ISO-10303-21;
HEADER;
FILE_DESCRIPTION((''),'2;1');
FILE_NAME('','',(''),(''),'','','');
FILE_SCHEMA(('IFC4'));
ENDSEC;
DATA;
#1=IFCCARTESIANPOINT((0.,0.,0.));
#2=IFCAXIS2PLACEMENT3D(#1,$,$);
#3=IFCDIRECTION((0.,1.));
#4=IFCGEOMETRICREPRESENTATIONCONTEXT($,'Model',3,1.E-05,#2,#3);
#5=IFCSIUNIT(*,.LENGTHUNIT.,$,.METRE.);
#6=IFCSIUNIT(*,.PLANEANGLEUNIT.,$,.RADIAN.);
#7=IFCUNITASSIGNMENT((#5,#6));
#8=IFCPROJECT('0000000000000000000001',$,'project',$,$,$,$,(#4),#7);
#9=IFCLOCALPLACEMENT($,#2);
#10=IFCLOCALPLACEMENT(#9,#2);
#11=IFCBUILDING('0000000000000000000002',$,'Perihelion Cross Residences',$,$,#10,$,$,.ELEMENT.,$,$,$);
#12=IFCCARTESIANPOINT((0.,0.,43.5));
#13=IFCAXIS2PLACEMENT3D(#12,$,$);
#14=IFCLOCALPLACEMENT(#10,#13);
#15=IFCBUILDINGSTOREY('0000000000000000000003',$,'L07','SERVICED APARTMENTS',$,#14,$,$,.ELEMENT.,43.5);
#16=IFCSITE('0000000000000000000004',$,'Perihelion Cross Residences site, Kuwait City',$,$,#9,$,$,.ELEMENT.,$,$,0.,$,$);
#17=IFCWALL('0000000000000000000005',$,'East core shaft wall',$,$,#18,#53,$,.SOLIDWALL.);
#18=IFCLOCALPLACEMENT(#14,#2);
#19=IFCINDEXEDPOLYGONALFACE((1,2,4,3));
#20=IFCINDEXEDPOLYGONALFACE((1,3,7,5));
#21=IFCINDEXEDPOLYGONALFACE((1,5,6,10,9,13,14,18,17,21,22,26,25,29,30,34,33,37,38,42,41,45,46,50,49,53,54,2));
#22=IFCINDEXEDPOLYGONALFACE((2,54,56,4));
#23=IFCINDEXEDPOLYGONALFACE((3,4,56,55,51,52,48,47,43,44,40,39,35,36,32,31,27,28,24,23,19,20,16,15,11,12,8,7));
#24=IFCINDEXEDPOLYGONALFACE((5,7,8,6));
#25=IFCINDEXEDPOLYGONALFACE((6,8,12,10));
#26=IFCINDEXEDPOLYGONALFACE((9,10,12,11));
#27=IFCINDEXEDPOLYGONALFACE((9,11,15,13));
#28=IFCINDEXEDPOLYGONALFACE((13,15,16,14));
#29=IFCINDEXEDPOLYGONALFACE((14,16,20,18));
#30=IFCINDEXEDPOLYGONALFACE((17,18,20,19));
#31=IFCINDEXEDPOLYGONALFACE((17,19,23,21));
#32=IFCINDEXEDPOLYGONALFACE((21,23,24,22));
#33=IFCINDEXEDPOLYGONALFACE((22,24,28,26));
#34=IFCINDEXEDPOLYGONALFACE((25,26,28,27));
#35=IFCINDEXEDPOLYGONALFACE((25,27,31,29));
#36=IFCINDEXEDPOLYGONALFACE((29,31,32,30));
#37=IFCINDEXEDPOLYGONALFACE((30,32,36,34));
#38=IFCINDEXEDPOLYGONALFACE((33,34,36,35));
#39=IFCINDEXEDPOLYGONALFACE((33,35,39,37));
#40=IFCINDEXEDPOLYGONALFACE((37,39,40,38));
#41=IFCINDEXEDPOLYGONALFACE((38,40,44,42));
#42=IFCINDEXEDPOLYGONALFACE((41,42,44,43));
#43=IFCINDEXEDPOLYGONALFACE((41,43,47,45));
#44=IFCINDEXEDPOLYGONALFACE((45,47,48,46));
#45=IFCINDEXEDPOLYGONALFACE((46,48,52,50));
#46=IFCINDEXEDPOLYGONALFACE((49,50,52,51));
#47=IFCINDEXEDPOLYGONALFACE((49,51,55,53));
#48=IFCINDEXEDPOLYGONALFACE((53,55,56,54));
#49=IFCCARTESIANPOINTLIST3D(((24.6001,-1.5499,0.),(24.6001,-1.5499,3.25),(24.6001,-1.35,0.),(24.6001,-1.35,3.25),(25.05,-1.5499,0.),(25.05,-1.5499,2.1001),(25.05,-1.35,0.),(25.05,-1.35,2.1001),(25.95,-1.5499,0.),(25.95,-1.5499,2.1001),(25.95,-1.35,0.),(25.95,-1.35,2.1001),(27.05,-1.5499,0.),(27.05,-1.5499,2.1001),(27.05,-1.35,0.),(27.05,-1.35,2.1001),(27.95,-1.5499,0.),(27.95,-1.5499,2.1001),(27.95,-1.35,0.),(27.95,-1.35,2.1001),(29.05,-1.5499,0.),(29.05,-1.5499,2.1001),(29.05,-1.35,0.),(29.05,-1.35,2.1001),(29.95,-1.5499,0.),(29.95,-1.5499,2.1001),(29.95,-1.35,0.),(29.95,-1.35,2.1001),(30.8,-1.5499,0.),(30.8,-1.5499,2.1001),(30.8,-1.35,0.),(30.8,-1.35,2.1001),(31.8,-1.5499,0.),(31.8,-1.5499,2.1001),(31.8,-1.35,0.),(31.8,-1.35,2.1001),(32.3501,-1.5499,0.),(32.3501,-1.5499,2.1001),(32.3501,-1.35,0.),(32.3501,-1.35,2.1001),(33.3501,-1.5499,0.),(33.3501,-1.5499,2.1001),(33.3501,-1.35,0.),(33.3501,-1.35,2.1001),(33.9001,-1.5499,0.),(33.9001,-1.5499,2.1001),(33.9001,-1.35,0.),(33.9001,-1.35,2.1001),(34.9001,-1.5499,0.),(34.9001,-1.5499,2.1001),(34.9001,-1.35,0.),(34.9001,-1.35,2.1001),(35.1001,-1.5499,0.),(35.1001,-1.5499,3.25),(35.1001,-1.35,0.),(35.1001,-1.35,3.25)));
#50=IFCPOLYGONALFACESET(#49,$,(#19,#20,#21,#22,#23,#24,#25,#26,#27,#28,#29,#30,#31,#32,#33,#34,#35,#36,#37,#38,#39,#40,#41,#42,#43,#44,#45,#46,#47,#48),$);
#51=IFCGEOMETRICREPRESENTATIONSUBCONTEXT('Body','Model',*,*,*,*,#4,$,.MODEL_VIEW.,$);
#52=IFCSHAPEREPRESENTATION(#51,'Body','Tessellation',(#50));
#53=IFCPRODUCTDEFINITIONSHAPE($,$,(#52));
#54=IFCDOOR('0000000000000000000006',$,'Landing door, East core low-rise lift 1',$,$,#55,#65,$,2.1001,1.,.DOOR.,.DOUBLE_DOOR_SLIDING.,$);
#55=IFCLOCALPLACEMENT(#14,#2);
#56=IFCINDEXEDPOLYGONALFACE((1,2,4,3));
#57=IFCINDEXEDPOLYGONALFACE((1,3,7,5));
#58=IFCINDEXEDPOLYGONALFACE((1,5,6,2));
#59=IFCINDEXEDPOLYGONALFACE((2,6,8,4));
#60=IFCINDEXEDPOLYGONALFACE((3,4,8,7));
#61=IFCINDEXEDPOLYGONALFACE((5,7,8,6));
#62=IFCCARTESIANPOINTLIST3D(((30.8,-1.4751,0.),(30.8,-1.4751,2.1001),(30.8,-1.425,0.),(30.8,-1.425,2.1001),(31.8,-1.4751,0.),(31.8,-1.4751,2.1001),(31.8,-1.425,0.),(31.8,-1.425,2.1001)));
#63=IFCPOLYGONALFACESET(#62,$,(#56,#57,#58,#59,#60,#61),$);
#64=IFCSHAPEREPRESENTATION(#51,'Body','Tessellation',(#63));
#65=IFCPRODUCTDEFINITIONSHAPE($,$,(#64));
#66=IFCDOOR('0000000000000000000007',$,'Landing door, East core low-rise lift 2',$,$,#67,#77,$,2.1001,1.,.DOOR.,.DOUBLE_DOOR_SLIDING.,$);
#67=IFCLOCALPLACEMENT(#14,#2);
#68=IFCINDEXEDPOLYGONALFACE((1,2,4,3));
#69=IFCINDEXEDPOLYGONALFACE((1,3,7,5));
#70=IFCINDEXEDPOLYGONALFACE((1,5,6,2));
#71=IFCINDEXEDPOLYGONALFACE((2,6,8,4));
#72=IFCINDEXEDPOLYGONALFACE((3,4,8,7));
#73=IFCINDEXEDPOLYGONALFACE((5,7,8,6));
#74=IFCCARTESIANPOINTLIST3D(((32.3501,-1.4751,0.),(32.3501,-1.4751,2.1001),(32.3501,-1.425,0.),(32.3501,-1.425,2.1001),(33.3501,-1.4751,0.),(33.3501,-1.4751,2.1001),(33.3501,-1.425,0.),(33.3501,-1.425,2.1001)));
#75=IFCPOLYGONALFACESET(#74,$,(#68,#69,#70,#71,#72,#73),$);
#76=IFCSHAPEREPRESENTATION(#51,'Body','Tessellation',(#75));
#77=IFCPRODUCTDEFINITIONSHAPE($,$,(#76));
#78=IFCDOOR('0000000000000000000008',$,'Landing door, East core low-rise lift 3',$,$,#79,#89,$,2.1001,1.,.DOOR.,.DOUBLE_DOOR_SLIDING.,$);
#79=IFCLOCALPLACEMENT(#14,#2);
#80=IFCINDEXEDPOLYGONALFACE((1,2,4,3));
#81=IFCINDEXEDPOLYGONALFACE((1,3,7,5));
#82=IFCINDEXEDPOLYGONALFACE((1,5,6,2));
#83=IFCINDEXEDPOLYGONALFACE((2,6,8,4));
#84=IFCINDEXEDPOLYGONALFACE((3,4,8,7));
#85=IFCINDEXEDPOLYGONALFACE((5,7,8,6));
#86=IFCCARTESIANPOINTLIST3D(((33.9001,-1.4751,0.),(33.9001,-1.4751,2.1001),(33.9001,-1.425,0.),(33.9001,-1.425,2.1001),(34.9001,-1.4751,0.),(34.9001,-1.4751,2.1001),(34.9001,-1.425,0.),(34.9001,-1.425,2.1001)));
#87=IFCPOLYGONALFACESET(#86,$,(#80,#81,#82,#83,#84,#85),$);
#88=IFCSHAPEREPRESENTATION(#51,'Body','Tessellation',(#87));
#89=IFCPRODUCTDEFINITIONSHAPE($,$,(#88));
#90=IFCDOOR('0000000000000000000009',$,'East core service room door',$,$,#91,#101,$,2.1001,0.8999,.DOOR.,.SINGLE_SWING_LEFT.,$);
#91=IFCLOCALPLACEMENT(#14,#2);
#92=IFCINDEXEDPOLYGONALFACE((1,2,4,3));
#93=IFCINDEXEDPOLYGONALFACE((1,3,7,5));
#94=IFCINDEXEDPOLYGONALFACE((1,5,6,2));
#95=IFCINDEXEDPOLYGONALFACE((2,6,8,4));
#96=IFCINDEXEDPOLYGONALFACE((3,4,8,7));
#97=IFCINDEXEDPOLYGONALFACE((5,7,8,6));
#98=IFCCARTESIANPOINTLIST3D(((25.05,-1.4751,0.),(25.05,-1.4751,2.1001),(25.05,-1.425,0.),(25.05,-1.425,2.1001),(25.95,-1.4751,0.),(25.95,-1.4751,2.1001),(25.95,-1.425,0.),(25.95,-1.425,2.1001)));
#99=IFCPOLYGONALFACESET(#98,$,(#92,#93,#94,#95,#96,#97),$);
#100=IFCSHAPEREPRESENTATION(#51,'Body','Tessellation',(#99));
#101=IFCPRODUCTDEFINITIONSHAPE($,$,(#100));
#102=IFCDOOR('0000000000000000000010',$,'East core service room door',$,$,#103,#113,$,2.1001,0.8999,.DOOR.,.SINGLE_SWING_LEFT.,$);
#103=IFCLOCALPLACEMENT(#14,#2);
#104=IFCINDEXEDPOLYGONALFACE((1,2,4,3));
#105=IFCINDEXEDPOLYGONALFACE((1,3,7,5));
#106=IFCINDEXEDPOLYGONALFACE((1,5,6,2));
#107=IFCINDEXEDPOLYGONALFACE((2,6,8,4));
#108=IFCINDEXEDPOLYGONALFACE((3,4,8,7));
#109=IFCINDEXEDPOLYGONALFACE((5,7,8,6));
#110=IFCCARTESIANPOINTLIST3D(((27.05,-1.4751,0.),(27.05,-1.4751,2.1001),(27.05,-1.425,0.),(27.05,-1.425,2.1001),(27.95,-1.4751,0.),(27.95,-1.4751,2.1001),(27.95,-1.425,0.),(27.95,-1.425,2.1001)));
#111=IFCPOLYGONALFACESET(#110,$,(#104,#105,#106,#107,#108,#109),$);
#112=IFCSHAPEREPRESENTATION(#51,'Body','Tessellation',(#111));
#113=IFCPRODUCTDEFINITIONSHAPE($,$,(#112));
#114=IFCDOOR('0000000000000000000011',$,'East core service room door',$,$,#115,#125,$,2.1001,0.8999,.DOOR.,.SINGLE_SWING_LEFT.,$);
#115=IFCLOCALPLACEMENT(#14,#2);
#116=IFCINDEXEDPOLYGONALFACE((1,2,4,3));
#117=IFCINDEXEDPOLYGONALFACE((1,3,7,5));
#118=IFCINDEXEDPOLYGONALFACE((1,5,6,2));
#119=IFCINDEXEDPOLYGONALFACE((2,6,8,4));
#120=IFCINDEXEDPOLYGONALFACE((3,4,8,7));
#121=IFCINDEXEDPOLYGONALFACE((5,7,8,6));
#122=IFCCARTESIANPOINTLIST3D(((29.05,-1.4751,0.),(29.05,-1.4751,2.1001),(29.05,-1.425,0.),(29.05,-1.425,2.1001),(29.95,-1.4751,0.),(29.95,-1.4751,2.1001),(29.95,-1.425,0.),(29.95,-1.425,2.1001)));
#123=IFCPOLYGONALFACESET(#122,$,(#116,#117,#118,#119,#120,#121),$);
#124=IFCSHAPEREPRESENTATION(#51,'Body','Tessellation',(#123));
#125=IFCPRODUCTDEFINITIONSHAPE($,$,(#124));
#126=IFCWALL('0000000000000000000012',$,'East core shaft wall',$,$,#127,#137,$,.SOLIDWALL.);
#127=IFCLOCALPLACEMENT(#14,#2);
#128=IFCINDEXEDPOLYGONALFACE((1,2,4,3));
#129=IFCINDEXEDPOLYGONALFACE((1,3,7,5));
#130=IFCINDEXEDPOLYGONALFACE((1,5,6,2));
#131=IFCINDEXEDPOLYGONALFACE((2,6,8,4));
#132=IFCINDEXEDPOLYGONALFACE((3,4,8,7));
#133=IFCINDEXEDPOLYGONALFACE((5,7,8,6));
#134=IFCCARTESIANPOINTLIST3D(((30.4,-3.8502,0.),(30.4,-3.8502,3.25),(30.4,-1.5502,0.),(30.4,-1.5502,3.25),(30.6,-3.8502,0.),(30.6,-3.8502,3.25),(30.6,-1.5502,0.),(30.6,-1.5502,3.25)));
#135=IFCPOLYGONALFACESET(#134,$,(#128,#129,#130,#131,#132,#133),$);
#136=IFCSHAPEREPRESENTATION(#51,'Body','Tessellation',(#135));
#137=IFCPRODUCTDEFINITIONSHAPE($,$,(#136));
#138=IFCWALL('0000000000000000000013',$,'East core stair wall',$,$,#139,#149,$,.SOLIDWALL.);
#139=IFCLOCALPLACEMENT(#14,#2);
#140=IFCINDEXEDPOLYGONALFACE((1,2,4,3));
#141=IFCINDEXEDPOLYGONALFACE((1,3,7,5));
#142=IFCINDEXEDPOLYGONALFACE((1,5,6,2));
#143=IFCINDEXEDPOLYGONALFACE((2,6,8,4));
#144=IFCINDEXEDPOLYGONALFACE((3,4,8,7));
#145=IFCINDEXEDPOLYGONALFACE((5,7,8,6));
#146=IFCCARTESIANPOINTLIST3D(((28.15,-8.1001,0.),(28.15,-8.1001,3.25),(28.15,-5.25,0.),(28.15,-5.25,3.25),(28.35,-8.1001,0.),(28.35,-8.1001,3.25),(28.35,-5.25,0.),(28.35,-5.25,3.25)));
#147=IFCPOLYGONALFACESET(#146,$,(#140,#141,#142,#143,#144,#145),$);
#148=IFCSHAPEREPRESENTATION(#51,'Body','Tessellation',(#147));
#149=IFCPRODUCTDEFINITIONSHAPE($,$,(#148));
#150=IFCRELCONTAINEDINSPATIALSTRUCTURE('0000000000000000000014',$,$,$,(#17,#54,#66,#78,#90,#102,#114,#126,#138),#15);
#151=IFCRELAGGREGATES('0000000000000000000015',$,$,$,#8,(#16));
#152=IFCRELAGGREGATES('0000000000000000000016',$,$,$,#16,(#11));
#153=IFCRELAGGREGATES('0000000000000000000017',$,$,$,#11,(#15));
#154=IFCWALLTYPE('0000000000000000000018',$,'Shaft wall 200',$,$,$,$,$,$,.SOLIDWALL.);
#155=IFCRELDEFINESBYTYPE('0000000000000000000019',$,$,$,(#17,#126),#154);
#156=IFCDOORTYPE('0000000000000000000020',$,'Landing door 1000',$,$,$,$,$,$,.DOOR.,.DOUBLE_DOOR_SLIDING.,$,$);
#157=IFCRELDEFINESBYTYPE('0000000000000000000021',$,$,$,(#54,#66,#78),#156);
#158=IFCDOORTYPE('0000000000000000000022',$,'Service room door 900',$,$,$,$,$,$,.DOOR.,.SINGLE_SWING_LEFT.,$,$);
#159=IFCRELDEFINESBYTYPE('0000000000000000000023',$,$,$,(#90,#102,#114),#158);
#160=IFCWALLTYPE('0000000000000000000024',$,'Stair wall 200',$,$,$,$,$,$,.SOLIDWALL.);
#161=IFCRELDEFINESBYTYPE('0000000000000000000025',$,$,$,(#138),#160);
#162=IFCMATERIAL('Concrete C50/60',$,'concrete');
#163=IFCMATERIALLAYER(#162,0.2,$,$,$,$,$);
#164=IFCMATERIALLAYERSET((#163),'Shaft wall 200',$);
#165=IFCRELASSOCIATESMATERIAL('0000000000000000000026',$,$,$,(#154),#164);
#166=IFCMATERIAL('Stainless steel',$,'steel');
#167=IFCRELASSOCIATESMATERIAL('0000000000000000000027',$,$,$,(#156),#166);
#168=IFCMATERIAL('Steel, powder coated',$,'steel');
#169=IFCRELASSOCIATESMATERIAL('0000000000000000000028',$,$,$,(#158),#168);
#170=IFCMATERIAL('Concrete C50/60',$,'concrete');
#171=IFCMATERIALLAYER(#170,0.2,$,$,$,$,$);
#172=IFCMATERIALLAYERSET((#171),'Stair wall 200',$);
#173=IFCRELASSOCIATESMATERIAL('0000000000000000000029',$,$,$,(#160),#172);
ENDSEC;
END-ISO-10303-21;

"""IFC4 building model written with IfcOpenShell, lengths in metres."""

from ifc_helpers import new_model, si_unit, direction, frame, frame_2d, origin, place, context, subcontext, project, spatial, rectangle, extrude, material, layer, layer_set, type_object, element, fill, save


model = new_model("IFC4")

# Units and contexts
model_context = context("Model", 3, precision=1e-05, world=origin(), true_north=direction((0.0, 1.0)))
body_context = subcontext(model_context, "Body", "Model", "MODEL_VIEW")
ifc_project = project(units=[si_unit("LENGTHUNIT", "METRE"), si_unit("PLANEANGLEUNIT", "RADIAN")], contexts=[model_context])

# Site, building, storey
site_placement = place(None, origin())
site = spatial("IfcSite", under=ifc_project, at=site_placement, Name="Perihelion Cross Residences site, Kuwait City", CompositionType="ELEMENT", RefElevation=0.0)
building_placement = place(site_placement, origin())
building = spatial("IfcBuilding", under=site, at=building_placement, Name="Perihelion Cross Residences", CompositionType="ELEMENT")
storey_placement = place(building_placement, frame((0.0, 0.0, 43.5)))
storey = spatial("IfcBuildingStorey", under=building, at=storey_placement, Name="L07", Description="SERVICED APARTMENTS", CompositionType="ELEMENT", Elevation=43.5)

# Wall, openings, doors
ifc_material_1 = material(Name="Concrete C50/60", Category="concrete")
ifc_layer_1 = layer(ifc_material_1, 0.2)
ifc_layer_set_1 = layer_set([ifc_layer_1], Name="Shaft wall 200")
wall_type_1 = type_object("IfcWallType", Name="Shaft wall 200", PredefinedType="SOLIDWALL", material=ifc_layer_set_1)
wall_1_placement = place(storey_placement, frame((24.6001, -1.45, 0.0), z_axis=(0.0, 0.0, 1.0), x_axis=(1.0, 0.0, 0.0)))
wall_1 = element("IfcWall", 1, at=wall_1_placement, inside=storey, type_object=wall_type_1, Name="East core shaft wall", PredefinedType="SOLIDWALL", context=body_context, shape_type="SweptSolid", body=[
    extrude(rectangle(XDim=10.5, YDim=0.2, at=frame_2d((5.25, 0.0))), origin(), (0.0, 0.0, 1.0), 3.25),
])
opening_1_placement = place(wall_1_placement, frame((6.2, 0.0, 0.0)))
opening_1 = element("IfcOpeningElement", 2, at=opening_1_placement, cuts=wall_1, PredefinedType="OPENING", context=body_context, shape_type="SweptSolid", body=[
    extrude(rectangle(XDim=1.0, YDim=2.1001, at=frame_2d((0.5, 1.05))), frame((0.0, 0.1099, 0.0), z_axis=(0.0, -1.0, 0.0), x_axis=(1.0, 0.0, 0.0)), (0.0, 0.0, 1.0), 0.22),
])
opening_2_placement = place(wall_1_placement, frame((7.75, 0.0, 0.0)))
opening_2 = element("IfcOpeningElement", 3, at=opening_2_placement, cuts=wall_1, PredefinedType="OPENING", context=body_context, shape_type="SweptSolid", body=[
    extrude(rectangle(XDim=1.0, YDim=2.1001, at=frame_2d((0.5, 1.05))), frame((0.0, 0.1099, 0.0), z_axis=(0.0, -1.0, 0.0), x_axis=(1.0, 0.0, 0.0)), (0.0, 0.0, 1.0), 0.22),
])
opening_3_placement = place(wall_1_placement, frame((9.3, 0.0, 0.0)))
opening_3 = element("IfcOpeningElement", 4, at=opening_3_placement, cuts=wall_1, PredefinedType="OPENING", context=body_context, shape_type="SweptSolid", body=[
    extrude(rectangle(XDim=1.0, YDim=2.1001, at=frame_2d((0.5, 1.05))), frame((0.0, 0.1099, 0.0), z_axis=(0.0, -1.0, 0.0), x_axis=(1.0, 0.0, 0.0)), (0.0, 0.0, 1.0), 0.22),
])
opening_4_placement = place(wall_1_placement, frame((0.45, 0.0, 0.0)))
opening_4 = element("IfcOpeningElement", 5, at=opening_4_placement, cuts=wall_1, PredefinedType="OPENING", context=body_context, shape_type="SweptSolid", body=[
    extrude(rectangle(XDim=0.8999, YDim=2.1001, at=frame_2d((0.45, 1.05))), frame((0.0, 0.1099, 0.0), z_axis=(0.0, -1.0, 0.0), x_axis=(1.0, 0.0, 0.0)), (0.0, 0.0, 1.0), 0.22),
])
opening_5_placement = place(wall_1_placement, frame((2.45, 0.0, 0.0)))
opening_5 = element("IfcOpeningElement", 6, at=opening_5_placement, cuts=wall_1, PredefinedType="OPENING", context=body_context, shape_type="SweptSolid", body=[
    extrude(rectangle(XDim=0.8999, YDim=2.1001, at=frame_2d((0.45, 1.05))), frame((0.0, 0.1099, 0.0), z_axis=(0.0, -1.0, 0.0), x_axis=(1.0, 0.0, 0.0)), (0.0, 0.0, 1.0), 0.22),
])
opening_6_placement = place(wall_1_placement, frame((4.45, 0.0, 0.0)))
opening_6 = element("IfcOpeningElement", 7, at=opening_6_placement, cuts=wall_1, PredefinedType="OPENING", context=body_context, shape_type="SweptSolid", body=[
    extrude(rectangle(XDim=0.8999, YDim=2.1001, at=frame_2d((0.45, 1.05))), frame((0.0, 0.1099, 0.0), z_axis=(0.0, -1.0, 0.0), x_axis=(1.0, 0.0, 0.0)), (0.0, 0.0, 1.0), 0.22),
])
ifc_material_2 = material(Name="Stainless steel", Category="steel")
door_type_1 = type_object("IfcDoorType", Name="Landing door 1000", OperationType="DOUBLE_DOOR_SLIDING", PredefinedType="DOOR", material=ifc_material_2)
door_1_placement = place(opening_1_placement, origin())
door_1 = element("IfcDoor", 8, at=door_1_placement, inside=storey, type_object=door_type_1, Name="Landing door, East core low-rise lift 1", OperationType="DOUBLE_DOOR_SLIDING", OverallHeight=2.1001, OverallWidth=1.0, PredefinedType="DOOR", context=body_context, shape_type="SweptSolid", body=[
    extrude(rectangle(XDim=1.0, YDim=2.1001, at=frame_2d((0.5, 1.05))), frame((0.0, 0.0249, 0.0), z_axis=(0.0, -1.0, 0.0), x_axis=(1.0, 0.0, 0.0)), (0.0, 0.0, 1.0), 0.05),
])
fill(opening_1, door_1)
door_2_placement = place(opening_2_placement, origin())
door_2 = element("IfcDoor", 9, at=door_2_placement, inside=storey, type_object=door_type_1, Name="Landing door, East core low-rise lift 2", OperationType="DOUBLE_DOOR_SLIDING", OverallHeight=2.1001, OverallWidth=1.0, PredefinedType="DOOR", context=body_context, shape_type="SweptSolid", body=[
    extrude(rectangle(XDim=1.0, YDim=2.1001, at=frame_2d((0.5, 1.05))), frame((0.0, 0.0249, 0.0), z_axis=(0.0, -1.0, 0.0), x_axis=(1.0, 0.0, 0.0)), (0.0, 0.0, 1.0), 0.05),
])
fill(opening_2, door_2)
door_3_placement = place(opening_3_placement, origin())
door_3 = element("IfcDoor", 10, at=door_3_placement, inside=storey, type_object=door_type_1, Name="Landing door, East core low-rise lift 3", OperationType="DOUBLE_DOOR_SLIDING", OverallHeight=2.1001, OverallWidth=1.0, PredefinedType="DOOR", context=body_context, shape_type="SweptSolid", body=[
    extrude(rectangle(XDim=1.0, YDim=2.1001, at=frame_2d((0.5, 1.05))), frame((0.0, 0.0249, 0.0), z_axis=(0.0, -1.0, 0.0), x_axis=(1.0, 0.0, 0.0)), (0.0, 0.0, 1.0), 0.05),
])
fill(opening_3, door_3)
ifc_material_3 = material(Name="Steel, powder coated", Category="steel")
door_type_2 = type_object("IfcDoorType", Name="Service room door 900", OperationType="SINGLE_SWING_LEFT", PredefinedType="DOOR", material=ifc_material_3)
door_4_placement = place(opening_4_placement, origin())
door_4 = element("IfcDoor", 11, at=door_4_placement, inside=storey, type_object=door_type_2, Name="East core service room door", OperationType="SINGLE_SWING_LEFT", OverallHeight=2.1001, OverallWidth=0.8999, PredefinedType="DOOR", context=body_context, shape_type="SweptSolid", body=[
    extrude(rectangle(XDim=0.8999, YDim=2.1001, at=frame_2d((0.45, 1.05))), frame((0.0, 0.0249, 0.0), z_axis=(0.0, -1.0, 0.0), x_axis=(1.0, 0.0, 0.0)), (0.0, 0.0, 1.0), 0.05),
])
fill(opening_4, door_4)
door_5_placement = place(opening_5_placement, origin())
door_5 = element("IfcDoor", 12, at=door_5_placement, inside=storey, type_object=door_type_2, Name="East core service room door", OperationType="SINGLE_SWING_LEFT", OverallHeight=2.1001, OverallWidth=0.8999, PredefinedType="DOOR", context=body_context, shape_type="SweptSolid", body=[
    extrude(rectangle(XDim=0.8999, YDim=2.1001, at=frame_2d((0.45, 1.05))), frame((0.0, 0.0249, 0.0), z_axis=(0.0, -1.0, 0.0), x_axis=(1.0, 0.0, 0.0)), (0.0, 0.0, 1.0), 0.05),
])
fill(opening_5, door_5)
door_6_placement = place(opening_6_placement, origin())
door_6 = element("IfcDoor", 13, at=door_6_placement, inside=storey, type_object=door_type_2, Name="East core service room door", OperationType="SINGLE_SWING_LEFT", OverallHeight=2.1001, OverallWidth=0.8999, PredefinedType="DOOR", context=body_context, shape_type="SweptSolid", body=[
    extrude(rectangle(XDim=0.8999, YDim=2.1001, at=frame_2d((0.45, 1.05))), frame((0.0, 0.0249, 0.0), z_axis=(0.0, -1.0, 0.0), x_axis=(1.0, 0.0, 0.0)), (0.0, 0.0, 1.0), 0.05),
])
fill(opening_6, door_6)

# Walls
wall_2_placement = place(storey_placement, frame((30.5, -3.8501, 0.0), z_axis=(0.0, 0.0, 1.0), x_axis=(0.0, 1.0, 0.0)))
element("IfcWall", 14, at=wall_2_placement, inside=storey, type_object=wall_type_1, Name="East core shaft wall", PredefinedType="SOLIDWALL", context=body_context, shape_type="SweptSolid", body=[
    extrude(rectangle(XDim=2.3, YDim=0.2, at=frame_2d((1.1499, 0.0))), origin(), (0.0, 0.0, 1.0), 3.25),
])
ifc_material_4 = material(Name="Concrete C50/60", Category="concrete")
ifc_layer_2 = layer(ifc_material_4, 0.2)
ifc_layer_set_2 = layer_set([ifc_layer_2], Name="Stair wall 200")
wall_type_2 = type_object("IfcWallType", Name="Stair wall 200", PredefinedType="SOLIDWALL", material=ifc_layer_set_2)
wall_3_placement = place(storey_placement, frame((28.25, -8.1001, 0.0), z_axis=(0.0, 0.0, 1.0), x_axis=(0.0, 1.0, 0.0)))
element("IfcWall", 15, at=wall_3_placement, inside=storey, type_object=wall_type_2, Name="East core stair wall", PredefinedType="SOLIDWALL", context=body_context, shape_type="SweptSolid", body=[
    extrude(rectangle(XDim=2.8501, YDim=0.2, at=frame_2d((1.425, 0.0))), origin(), (0.0, 0.0, 1.0), 3.25),
])

save(model, "model.ifc")
